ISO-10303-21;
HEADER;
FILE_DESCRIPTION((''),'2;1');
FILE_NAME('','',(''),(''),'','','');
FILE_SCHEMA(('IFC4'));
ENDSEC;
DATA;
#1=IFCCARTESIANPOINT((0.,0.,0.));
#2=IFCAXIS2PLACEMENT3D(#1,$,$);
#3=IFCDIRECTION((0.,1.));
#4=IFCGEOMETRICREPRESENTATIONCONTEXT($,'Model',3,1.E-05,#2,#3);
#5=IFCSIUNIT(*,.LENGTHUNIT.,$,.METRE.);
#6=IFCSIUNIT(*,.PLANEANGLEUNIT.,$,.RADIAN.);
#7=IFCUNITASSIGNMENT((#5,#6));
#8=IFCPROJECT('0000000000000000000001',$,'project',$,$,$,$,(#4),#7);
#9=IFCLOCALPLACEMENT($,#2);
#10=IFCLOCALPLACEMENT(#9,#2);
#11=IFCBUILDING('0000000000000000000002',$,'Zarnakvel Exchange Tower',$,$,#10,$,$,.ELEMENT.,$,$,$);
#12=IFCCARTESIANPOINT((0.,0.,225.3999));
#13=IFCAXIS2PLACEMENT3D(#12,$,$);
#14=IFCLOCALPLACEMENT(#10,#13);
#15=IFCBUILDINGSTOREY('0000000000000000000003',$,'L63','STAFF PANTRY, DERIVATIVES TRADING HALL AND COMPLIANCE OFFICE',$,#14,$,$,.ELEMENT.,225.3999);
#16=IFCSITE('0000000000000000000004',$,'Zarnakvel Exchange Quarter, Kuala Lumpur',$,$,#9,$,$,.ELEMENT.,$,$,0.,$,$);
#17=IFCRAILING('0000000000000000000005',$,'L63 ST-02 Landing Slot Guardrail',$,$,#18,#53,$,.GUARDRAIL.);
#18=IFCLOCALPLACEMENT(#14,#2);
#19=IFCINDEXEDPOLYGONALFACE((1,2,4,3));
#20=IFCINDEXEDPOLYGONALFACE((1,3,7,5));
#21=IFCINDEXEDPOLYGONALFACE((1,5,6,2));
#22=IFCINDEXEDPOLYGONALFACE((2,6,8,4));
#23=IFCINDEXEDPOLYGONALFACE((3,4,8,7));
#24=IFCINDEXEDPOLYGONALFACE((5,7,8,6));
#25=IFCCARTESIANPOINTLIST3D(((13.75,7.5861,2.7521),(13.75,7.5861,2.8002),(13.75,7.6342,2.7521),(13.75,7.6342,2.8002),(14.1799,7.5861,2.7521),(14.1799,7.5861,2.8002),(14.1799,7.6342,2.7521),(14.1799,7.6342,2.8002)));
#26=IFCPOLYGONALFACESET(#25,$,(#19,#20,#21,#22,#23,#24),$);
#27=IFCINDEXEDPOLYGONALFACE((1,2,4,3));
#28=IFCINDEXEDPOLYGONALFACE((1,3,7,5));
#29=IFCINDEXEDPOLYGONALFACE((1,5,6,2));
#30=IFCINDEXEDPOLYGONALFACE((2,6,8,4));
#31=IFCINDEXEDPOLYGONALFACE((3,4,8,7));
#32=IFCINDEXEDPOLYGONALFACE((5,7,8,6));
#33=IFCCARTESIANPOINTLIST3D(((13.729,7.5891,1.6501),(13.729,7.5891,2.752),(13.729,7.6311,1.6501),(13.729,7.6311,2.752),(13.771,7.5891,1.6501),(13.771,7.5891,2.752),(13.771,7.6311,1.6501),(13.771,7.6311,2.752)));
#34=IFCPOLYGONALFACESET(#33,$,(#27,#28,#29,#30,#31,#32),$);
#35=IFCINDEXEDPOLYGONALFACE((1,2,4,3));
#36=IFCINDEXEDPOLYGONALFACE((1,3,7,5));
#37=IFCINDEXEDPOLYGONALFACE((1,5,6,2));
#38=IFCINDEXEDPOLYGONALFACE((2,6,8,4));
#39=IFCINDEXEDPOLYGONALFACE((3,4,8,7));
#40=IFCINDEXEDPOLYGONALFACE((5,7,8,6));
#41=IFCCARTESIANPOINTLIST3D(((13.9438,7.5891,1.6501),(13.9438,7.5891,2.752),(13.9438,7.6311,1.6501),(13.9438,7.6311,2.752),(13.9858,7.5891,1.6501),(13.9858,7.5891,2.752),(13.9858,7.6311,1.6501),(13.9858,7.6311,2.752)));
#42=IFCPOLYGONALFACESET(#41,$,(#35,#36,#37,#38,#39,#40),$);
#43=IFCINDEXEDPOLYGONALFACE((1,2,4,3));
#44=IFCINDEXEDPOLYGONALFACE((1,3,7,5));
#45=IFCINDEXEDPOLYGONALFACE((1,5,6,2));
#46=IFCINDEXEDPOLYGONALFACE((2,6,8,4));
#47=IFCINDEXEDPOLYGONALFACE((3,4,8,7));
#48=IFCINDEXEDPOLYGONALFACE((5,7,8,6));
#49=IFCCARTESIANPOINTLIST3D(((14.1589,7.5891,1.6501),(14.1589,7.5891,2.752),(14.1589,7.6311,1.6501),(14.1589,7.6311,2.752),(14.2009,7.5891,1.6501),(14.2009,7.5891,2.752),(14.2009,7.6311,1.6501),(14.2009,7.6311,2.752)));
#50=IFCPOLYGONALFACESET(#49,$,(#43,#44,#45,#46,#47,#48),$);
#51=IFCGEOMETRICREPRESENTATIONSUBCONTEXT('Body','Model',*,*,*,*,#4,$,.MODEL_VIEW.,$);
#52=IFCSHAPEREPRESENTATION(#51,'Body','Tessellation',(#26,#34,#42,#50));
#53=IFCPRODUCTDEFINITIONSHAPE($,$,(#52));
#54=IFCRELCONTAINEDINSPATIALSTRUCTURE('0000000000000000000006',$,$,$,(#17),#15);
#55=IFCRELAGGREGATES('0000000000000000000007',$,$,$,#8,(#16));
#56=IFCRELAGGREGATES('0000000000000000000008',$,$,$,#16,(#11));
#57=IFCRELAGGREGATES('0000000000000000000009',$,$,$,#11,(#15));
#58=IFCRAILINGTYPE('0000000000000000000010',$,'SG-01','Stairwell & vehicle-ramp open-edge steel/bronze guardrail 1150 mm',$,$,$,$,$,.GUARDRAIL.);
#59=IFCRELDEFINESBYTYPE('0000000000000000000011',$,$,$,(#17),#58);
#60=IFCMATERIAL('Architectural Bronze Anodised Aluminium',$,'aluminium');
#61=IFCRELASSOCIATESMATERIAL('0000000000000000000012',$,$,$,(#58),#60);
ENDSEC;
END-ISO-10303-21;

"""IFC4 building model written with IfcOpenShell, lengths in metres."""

from ifc_helpers import new_model, si_unit, direction, frame, origin, origin_2d, place, context, subcontext, project, spatial, rectangle, extrude, material, type_object, element, save


model = new_model("IFC4")

# Units and contexts
model_context = context("Model", 3, precision=1e-05, world=origin(), true_north=direction((0.0, 1.0)))
body_context = subcontext(model_context, "Body", "Model", "MODEL_VIEW")
ifc_project = project(units=[si_unit("LENGTHUNIT", "METRE"), si_unit("PLANEANGLEUNIT", "RADIAN")], contexts=[model_context])

# Site, building, storey
site_placement = place(None, origin())
site = spatial("IfcSite", under=ifc_project, at=site_placement, Name="Zarnakvel Exchange Quarter, Kuala Lumpur", CompositionType="ELEMENT", RefElevation=0.0)
building_placement = place(site_placement, origin())
building = spatial("IfcBuilding", under=site, at=building_placement, Name="Zarnakvel Exchange Tower", CompositionType="ELEMENT")
storey_placement = place(building_placement, frame((0.0, 0.0, 225.3999)))
storey = spatial("IfcBuildingStorey", under=building, at=storey_placement, Name="L63", Description="STAFF PANTRY, DERIVATIVES TRADING HALL AND COMPLIANCE OFFICE", CompositionType="ELEMENT", Elevation=225.3999)

# Shared definitions
ifc_material_1 = material(Name="Architectural Bronze Anodised Aluminium", Category="aluminium")

# Railing
railing_type_1 = type_object("IfcRailingType", Name="SG-01", Description="Stairwell & vehicle-ramp open-edge steel/bronze guardrail 1150 mm", PredefinedType="GUARDRAIL", material=ifc_material_1)
railing_1_placement = place(storey_placement, frame((13.75, 7.6101, 1.6501)))
element("IfcRailing", 1, at=railing_1_placement, inside=storey, type_object=railing_type_1, Name="L63 ST-02 Landing Slot Guardrail", PredefinedType="GUARDRAIL", context=body_context, shape_type="SweptSolid", body=[
    extrude(rectangle(XDim=0.0481, YDim=0.0481, at=origin_2d()), frame((0.0, 0.0, 1.126), z_axis=(1.0, 0.0, 0.0), x_axis=(0.0, 1.0, 0.0)), (0.0, 0.0, 1.0), 0.4299),
    extrude(rectangle(XDim=0.042, YDim=0.042, at=origin_2d()), origin(), (0.0, 0.0, 1.0), 1.1018),
    extrude(rectangle(XDim=0.042, YDim=0.042, at=origin_2d()), frame((0.2148, 0.0, 0.0)), (0.0, 0.0, 1.0), 1.1018),
    extrude(rectangle(XDim=0.042, YDim=0.042, at=origin_2d()), frame((0.4299, 0.0, 0.0)), (0.0, 0.0, 1.0), 1.1018),
])

save(model, "model.ifc")
